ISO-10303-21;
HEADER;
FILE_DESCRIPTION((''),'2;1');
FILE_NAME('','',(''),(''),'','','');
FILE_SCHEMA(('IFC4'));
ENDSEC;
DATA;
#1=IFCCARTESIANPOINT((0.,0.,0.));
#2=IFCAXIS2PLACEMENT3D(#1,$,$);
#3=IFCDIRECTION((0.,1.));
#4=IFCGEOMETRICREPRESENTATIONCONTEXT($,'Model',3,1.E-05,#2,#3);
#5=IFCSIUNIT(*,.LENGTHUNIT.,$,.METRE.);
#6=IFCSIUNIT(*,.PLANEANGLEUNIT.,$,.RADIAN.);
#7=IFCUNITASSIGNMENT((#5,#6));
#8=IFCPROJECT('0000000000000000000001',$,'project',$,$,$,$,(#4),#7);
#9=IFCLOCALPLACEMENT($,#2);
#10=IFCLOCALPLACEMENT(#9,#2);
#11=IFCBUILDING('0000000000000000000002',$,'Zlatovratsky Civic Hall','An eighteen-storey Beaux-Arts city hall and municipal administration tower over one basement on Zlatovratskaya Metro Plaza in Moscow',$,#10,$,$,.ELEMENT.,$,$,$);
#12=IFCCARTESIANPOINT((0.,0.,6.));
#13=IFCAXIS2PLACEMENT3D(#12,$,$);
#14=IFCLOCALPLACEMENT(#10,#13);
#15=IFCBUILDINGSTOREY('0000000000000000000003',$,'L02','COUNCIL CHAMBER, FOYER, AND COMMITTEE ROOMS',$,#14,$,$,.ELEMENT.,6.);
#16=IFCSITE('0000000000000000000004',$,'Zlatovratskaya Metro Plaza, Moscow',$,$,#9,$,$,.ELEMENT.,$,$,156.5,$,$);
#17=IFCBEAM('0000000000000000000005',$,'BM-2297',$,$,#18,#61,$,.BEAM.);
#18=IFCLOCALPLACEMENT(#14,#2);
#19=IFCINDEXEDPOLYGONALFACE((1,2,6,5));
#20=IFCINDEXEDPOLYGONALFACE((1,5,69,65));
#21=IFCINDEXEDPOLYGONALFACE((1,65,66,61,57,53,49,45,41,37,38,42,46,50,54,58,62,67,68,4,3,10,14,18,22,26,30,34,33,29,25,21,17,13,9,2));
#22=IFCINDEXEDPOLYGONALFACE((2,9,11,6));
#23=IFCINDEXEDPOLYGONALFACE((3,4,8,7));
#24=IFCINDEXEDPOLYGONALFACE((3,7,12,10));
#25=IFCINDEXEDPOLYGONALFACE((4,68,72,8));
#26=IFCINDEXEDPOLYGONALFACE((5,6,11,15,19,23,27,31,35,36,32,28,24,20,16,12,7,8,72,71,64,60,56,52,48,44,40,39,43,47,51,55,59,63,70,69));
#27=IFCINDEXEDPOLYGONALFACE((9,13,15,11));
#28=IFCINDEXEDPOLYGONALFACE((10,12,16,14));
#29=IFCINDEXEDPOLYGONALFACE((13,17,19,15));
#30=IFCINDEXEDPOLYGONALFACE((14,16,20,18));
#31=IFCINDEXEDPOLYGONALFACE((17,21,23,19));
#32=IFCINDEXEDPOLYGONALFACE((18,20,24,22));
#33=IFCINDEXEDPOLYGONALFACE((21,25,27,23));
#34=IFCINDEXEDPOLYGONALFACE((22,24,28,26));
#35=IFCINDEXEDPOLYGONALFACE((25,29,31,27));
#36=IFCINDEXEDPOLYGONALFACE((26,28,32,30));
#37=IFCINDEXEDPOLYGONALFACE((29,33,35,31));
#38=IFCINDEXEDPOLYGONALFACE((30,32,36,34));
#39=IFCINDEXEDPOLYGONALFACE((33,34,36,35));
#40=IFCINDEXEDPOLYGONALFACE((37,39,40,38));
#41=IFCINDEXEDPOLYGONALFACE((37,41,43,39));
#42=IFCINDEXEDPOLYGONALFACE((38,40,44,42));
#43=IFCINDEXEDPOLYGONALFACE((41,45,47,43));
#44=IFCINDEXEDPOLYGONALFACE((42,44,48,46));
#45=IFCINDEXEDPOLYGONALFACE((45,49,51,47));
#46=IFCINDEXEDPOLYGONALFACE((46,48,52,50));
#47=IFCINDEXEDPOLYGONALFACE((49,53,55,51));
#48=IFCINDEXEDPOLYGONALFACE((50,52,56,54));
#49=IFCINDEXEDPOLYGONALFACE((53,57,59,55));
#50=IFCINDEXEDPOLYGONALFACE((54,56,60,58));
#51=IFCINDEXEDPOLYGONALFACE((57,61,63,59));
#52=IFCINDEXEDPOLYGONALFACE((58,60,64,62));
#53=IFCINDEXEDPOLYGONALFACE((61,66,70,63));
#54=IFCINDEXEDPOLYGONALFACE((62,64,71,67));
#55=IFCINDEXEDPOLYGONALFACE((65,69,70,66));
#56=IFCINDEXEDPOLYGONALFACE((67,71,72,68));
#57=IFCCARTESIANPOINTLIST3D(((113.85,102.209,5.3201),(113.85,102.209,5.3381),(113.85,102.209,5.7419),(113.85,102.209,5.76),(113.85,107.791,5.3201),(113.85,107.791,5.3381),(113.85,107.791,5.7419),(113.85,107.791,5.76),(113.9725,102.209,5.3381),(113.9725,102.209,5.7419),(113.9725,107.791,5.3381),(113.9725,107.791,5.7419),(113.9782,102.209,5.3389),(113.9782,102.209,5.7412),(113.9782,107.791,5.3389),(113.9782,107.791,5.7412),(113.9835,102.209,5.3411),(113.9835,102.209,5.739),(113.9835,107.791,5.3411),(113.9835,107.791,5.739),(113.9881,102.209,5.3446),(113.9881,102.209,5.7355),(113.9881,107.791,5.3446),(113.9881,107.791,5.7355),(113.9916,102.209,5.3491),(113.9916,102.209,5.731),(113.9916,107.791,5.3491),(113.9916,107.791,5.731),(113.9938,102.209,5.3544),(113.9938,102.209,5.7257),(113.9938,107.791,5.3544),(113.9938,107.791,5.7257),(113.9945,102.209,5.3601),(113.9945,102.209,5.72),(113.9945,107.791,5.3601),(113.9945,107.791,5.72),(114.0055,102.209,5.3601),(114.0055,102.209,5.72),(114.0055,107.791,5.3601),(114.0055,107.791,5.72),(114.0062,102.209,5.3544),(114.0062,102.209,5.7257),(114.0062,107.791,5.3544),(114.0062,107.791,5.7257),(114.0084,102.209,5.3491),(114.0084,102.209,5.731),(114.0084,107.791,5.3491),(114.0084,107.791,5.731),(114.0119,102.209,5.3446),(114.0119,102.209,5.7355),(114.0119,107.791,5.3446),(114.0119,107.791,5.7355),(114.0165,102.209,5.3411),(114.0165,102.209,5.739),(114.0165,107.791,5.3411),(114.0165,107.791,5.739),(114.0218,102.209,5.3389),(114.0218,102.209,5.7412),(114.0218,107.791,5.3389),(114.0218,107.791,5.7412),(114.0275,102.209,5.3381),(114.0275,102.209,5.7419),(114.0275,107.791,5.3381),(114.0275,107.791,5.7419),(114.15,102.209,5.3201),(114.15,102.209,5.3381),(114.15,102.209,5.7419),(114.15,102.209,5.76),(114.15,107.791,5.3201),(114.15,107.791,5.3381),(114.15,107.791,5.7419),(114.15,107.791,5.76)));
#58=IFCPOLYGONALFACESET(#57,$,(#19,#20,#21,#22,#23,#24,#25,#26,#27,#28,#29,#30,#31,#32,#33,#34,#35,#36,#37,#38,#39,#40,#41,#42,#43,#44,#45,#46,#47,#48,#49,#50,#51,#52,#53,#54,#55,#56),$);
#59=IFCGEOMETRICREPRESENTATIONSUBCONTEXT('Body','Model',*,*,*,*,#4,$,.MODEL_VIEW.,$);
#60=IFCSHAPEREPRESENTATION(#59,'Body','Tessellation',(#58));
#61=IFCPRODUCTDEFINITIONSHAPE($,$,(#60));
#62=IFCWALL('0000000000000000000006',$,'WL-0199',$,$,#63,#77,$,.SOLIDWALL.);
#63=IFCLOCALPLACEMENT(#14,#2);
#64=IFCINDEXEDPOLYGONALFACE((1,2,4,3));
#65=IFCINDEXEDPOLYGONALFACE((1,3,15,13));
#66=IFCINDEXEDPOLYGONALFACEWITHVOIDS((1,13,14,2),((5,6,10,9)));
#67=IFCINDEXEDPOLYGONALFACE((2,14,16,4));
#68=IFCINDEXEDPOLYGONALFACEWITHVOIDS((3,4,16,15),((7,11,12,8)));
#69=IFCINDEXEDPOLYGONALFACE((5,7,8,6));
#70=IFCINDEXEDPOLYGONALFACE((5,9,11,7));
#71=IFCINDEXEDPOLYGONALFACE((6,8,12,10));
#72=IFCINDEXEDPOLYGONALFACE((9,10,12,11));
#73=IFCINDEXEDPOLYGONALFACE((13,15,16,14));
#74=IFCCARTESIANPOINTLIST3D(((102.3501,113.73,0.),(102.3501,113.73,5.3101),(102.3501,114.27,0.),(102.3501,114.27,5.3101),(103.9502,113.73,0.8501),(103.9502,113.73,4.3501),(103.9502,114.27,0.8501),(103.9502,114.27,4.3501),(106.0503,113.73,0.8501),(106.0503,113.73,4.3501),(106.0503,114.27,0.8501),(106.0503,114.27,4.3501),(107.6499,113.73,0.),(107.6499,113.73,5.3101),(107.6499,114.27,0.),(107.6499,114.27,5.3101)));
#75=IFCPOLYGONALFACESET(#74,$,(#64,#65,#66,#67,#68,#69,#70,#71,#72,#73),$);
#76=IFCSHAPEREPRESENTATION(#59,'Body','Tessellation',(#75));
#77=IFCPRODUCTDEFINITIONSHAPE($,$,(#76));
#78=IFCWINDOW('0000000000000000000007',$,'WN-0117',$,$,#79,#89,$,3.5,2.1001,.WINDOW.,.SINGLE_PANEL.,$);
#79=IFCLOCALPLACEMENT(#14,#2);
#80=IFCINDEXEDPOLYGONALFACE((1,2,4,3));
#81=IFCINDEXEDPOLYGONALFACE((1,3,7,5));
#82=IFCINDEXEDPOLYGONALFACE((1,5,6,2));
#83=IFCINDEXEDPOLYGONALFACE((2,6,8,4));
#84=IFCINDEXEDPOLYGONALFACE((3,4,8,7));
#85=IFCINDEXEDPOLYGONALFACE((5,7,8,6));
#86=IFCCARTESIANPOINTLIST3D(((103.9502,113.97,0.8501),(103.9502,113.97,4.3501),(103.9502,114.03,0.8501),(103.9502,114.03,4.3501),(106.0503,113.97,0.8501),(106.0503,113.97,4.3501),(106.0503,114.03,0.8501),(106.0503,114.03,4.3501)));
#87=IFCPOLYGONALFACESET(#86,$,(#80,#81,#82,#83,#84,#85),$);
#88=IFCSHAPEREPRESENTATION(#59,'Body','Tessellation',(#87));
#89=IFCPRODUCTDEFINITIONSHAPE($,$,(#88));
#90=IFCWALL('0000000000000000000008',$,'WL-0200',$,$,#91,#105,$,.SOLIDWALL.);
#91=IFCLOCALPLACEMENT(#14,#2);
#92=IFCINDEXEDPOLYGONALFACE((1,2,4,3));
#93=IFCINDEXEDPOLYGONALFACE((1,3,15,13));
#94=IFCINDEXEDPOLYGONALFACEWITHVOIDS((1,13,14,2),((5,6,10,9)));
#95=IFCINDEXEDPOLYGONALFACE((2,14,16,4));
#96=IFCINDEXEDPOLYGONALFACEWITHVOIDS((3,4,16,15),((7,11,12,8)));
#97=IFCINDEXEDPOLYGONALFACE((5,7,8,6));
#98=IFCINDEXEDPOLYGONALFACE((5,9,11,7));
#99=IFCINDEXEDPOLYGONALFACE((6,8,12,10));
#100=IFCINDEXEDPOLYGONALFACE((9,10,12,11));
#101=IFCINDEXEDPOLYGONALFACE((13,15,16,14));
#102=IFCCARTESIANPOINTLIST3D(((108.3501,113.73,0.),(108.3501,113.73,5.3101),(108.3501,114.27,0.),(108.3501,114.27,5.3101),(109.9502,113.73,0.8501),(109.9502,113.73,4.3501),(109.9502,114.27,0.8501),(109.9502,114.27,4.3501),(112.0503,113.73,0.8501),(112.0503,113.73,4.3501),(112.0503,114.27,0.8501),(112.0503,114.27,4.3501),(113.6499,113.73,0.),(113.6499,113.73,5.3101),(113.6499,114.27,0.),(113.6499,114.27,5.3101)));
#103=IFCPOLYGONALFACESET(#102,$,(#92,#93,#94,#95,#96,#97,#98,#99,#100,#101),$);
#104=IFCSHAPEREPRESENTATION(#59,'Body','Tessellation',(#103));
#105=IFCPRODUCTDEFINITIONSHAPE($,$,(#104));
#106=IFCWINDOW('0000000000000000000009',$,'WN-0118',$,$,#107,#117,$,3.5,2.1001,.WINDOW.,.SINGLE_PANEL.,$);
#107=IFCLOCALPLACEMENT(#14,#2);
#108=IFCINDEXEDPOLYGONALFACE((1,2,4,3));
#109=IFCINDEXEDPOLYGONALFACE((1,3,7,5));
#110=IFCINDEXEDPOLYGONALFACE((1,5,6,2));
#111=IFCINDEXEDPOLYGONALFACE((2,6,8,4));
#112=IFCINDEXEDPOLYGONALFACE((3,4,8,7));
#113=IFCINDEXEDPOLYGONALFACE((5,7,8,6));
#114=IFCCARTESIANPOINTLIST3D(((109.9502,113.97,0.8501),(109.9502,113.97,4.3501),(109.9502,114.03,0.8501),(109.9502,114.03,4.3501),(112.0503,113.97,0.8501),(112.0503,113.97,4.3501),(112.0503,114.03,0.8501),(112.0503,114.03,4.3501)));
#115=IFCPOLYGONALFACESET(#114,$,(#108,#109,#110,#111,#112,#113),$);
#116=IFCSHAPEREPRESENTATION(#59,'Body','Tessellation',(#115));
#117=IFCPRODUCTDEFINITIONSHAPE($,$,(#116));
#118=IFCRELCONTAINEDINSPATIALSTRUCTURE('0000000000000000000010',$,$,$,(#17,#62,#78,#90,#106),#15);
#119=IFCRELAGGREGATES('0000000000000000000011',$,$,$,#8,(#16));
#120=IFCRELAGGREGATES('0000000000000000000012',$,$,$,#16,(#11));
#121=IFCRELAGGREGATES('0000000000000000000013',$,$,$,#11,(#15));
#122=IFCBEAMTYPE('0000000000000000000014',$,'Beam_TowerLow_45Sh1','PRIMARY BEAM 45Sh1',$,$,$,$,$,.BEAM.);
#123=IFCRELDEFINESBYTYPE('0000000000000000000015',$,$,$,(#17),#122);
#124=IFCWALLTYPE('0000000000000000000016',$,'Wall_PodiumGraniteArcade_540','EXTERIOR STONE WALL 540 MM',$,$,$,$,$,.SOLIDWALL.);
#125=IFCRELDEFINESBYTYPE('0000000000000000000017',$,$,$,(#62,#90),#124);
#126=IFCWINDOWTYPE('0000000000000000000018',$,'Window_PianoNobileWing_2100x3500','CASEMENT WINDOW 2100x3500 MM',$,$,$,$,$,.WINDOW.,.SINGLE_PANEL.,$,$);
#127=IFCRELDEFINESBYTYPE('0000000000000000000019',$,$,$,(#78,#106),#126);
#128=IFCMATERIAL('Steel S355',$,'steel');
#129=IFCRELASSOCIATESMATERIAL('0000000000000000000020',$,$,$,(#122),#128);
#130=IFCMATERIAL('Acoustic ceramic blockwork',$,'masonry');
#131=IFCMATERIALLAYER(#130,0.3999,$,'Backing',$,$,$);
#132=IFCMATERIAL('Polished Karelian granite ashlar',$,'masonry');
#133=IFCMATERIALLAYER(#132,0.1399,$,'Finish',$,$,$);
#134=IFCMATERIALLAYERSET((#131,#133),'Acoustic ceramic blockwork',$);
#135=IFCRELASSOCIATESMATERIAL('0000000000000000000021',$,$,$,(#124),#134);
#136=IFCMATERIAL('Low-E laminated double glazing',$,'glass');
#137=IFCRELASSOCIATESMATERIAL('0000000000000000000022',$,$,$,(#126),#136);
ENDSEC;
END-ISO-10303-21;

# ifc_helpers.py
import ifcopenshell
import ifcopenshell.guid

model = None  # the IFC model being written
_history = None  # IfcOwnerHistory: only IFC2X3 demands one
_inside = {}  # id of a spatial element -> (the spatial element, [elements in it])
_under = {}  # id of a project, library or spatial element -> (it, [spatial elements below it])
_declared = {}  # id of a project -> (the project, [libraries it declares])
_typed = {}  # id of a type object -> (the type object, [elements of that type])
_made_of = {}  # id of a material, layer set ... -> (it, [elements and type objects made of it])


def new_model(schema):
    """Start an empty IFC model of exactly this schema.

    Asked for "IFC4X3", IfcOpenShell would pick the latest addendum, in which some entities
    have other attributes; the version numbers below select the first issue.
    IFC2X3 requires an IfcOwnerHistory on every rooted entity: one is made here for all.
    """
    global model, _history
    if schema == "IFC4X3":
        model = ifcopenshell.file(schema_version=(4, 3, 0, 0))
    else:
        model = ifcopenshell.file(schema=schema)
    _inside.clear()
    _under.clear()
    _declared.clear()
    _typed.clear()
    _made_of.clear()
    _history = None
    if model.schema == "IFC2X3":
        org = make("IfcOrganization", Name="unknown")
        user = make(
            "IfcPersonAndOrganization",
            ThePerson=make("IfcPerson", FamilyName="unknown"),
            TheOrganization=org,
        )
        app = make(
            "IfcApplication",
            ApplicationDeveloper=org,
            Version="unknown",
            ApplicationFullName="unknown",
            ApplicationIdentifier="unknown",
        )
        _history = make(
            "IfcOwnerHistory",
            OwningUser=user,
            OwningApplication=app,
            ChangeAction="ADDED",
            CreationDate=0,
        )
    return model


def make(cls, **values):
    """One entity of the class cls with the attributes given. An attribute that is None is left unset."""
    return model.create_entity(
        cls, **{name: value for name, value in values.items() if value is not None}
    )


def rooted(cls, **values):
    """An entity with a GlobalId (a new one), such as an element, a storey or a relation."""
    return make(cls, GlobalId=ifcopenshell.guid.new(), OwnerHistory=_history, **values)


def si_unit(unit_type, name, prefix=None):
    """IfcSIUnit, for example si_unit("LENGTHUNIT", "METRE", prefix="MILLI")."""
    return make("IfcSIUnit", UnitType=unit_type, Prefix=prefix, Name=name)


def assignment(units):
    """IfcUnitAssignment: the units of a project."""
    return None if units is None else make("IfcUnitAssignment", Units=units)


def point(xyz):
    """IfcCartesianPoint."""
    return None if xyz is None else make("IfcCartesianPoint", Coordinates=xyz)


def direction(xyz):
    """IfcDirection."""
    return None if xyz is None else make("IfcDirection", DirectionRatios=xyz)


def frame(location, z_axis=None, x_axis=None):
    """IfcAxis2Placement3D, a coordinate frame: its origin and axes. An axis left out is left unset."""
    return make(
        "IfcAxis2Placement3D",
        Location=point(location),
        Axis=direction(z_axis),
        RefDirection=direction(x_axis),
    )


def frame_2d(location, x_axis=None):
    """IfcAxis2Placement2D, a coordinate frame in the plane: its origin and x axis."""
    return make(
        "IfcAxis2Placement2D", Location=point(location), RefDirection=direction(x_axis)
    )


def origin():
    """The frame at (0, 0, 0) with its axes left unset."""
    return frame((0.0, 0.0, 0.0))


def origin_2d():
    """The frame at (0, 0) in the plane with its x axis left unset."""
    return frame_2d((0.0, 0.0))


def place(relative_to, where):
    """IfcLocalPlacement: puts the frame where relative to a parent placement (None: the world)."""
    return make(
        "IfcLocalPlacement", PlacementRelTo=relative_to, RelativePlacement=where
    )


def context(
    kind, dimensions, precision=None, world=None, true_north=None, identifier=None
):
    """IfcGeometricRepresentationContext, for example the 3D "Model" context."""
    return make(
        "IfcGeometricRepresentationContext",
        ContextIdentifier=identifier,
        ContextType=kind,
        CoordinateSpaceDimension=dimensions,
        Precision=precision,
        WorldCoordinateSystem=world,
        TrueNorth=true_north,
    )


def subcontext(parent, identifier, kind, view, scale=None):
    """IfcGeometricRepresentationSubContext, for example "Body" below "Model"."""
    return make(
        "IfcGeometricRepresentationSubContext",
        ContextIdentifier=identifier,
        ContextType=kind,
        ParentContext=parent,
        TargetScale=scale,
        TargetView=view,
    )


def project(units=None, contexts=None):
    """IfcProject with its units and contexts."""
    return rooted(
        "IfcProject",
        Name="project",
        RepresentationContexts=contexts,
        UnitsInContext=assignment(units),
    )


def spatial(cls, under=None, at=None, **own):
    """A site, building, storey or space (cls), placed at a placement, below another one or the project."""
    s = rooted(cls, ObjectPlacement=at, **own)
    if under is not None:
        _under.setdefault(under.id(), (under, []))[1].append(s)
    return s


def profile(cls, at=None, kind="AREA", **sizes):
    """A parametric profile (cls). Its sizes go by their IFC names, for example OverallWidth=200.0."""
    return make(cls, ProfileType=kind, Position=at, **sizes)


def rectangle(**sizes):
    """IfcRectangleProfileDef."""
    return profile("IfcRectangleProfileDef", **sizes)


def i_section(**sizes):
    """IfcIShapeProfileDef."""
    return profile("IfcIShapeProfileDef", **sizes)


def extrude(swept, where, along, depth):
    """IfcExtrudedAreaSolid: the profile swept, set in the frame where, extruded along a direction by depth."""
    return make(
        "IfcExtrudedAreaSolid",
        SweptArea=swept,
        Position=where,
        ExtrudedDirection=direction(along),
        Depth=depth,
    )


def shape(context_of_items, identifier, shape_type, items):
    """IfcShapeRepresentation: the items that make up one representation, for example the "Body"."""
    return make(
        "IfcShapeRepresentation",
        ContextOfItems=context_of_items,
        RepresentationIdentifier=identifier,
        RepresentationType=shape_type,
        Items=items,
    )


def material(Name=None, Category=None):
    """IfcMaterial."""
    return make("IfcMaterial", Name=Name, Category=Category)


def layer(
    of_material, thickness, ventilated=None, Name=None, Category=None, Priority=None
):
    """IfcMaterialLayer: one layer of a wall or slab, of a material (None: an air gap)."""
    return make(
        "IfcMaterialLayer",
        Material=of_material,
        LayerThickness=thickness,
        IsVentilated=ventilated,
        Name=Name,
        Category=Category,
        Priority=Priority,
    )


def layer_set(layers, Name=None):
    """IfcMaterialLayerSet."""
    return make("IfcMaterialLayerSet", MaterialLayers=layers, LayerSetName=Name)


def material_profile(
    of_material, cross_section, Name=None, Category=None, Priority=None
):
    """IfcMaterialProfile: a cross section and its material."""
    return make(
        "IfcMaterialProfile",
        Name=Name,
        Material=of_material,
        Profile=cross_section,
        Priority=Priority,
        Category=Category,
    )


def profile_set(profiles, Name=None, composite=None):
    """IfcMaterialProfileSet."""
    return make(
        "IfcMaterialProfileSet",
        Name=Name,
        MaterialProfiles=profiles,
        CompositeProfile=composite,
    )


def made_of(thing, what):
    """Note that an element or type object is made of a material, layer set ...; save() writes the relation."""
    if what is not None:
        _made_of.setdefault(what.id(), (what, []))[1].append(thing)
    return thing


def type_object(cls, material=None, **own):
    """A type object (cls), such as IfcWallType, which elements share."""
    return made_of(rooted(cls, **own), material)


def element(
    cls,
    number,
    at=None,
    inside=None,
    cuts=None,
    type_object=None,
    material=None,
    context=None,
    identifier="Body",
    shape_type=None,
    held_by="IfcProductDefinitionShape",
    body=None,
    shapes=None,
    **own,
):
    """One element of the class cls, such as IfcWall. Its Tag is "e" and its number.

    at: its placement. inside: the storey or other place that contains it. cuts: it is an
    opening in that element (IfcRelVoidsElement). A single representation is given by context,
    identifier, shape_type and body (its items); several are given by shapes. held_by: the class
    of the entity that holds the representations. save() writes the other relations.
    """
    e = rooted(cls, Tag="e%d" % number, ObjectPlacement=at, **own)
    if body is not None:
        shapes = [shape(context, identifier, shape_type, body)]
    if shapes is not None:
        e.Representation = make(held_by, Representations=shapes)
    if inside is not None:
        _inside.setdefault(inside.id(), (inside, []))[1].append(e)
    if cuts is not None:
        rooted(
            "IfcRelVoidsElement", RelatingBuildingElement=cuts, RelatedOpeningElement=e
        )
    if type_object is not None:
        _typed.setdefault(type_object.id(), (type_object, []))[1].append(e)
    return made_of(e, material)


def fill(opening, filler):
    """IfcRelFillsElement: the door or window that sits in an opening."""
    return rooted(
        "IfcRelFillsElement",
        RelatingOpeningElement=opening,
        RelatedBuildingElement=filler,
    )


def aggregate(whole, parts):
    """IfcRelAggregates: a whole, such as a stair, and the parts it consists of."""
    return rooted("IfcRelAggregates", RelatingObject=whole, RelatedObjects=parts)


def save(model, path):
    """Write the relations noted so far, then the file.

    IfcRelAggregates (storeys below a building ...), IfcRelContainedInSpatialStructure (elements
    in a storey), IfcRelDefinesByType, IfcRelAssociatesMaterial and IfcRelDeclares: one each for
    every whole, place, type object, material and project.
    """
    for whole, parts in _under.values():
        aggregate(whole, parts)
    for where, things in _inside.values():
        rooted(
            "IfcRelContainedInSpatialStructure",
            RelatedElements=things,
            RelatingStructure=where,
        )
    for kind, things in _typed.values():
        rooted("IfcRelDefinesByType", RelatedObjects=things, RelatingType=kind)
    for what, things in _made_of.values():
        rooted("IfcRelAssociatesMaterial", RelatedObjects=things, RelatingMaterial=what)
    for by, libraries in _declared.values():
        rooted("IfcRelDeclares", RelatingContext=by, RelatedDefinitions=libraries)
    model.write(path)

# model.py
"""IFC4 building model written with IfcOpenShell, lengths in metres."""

from ifc_helpers import new_model, si_unit, direction, frame, frame_2d, origin, origin_2d, place, context, subcontext, project, spatial, rectangle, i_section, extrude, material, layer, layer_set, material_profile, profile_set, type_object, element, fill, save


model = new_model("IFC4")

# Units and contexts
model_context = context("Model", 3, precision=1e-05, world=origin(), true_north=direction((0.0, 1.0)))
body_context = subcontext(model_context, "Body", "Model", "MODEL_VIEW")
ifc_project = project(units=[si_unit("LENGTHUNIT", "METRE"), si_unit("PLANEANGLEUNIT", "RADIAN")], contexts=[model_context])

# Site, building, storey
site_placement = place(None, origin())
site = spatial("IfcSite", under=ifc_project, at=site_placement, Name="Zlatovratskaya Metro Plaza, Moscow", CompositionType="ELEMENT", RefElevation=156.5)
building_placement = place(site_placement, origin())
building = spatial("IfcBuilding", under=site, at=building_placement, Name="Zlatovratsky Civic Hall", Description="An eighteen-storey Beaux-Arts city hall and municipal administration tower over one basement on Zlatovratskaya Metro Plaza in Moscow", CompositionType="ELEMENT")
storey_placement = place(building_placement, frame((0.0, 0.0, 6.0)))
storey = spatial("IfcBuildingStorey", under=building, at=storey_placement, Name="L02", Description="COUNCIL CHAMBER, FOYER, AND COMMITTEE ROOMS", CompositionType="ELEMENT", Elevation=6.0)

# Shared definitions
ifc_material_1 = material(Name="Steel S355", Category="steel")

# Beam
ifc_material_profile_1 = material_profile(ifc_material_1, i_section(OverallWidth=0.3, OverallDepth=0.4399, WebThickness=0.011, FlangeThickness=0.0181, FilletRadius=0.022, at=origin_2d()), Name="45Sh1")
ifc_profile_set_1 = profile_set([ifc_material_profile_1], Name="Steel S355")
beam_type_1 = type_object("IfcBeamType", Name="Beam_TowerLow_45Sh1", Description="PRIMARY BEAM 45Sh1", PredefinedType="BEAM", material=ifc_profile_set_1)
beam_1_placement = place(storey_placement, frame((114.0, 102.209, 5.54), z_axis=(0.0, 1.0, 0.0), x_axis=(-1.0, 0.0, 0.0)))
element("IfcBeam", 1, at=beam_1_placement, inside=storey, type_object=beam_type_1, Name="BM-2297", PredefinedType="BEAM", context=body_context, shape_type="SweptSolid", body=[
    extrude(i_section(OverallWidth=0.3, OverallDepth=0.4399, WebThickness=0.011, FlangeThickness=0.0181, FilletRadius=0.022, at=origin_2d()), origin(), (0.0, 0.0, 1.0), 5.582),
])

# Walls, openings, windows
ifc_material_2 = material(Name="Acoustic ceramic blockwork", Category="masonry")
ifc_layer_1 = layer(ifc_material_2, 0.3999, Name="Backing")
ifc_material_3 = material(Name="Polished Karelian granite ashlar", Category="masonry")
ifc_layer_2 = layer(ifc_material_3, 0.1399, Name="Finish")
ifc_layer_set = layer_set([ifc_layer_1, ifc_layer_2], Name="Acoustic ceramic blockwork")
wall_type = type_object("IfcWallType", Name="Wall_PodiumGraniteArcade_540", Description="EXTERIOR STONE WALL 540 MM", PredefinedType="SOLIDWALL", material=ifc_layer_set)
wall_1_placement = place(storey_placement, frame((102.3501, 114.0, 0.0), z_axis=(0.0, 0.0, 1.0), x_axis=(1.0, 0.0, 0.0)))
wall_1 = element("IfcWall", 2, at=wall_1_placement, inside=storey, type_object=wall_type, Name="WL-0199", PredefinedType="SOLIDWALL", context=body_context, shape_type="SweptSolid", body=[
    extrude(rectangle(XDim=5.2998, YDim=0.54, at=frame_2d((2.6499, 0.0))), origin(), (0.0, 0.0, 1.0), 5.3101),
])
opening_1_placement = place(wall_1_placement, frame((1.6001, 0.0, 0.8501)))
opening_1 = element("IfcOpeningElement", 3, at=opening_1_placement, cuts=wall_1, PredefinedType="OPENING", context=body_context, shape_type="SweptSolid", body=[
    extrude(rectangle(XDim=2.1001, YDim=3.5, at=frame_2d((1.05, 1.75))), frame((0.0, 0.2849, 0.0), z_axis=(0.0, -1.0, 0.0), x_axis=(1.0, 0.0, 0.0)), (0.0, 0.0, 1.0), 0.5698),
])
ifc_material_4 = material(Name="Low-E laminated double glazing", Category="glass")
window_type = type_object("IfcWindowType", Name="Window_PianoNobileWing_2100x3500", Description="CASEMENT WINDOW 2100x3500 MM", PartitioningType="SINGLE_PANEL", PredefinedType="WINDOW", material=ifc_material_4)
window_1_placement = place(opening_1_placement, origin())
window_1 = element("IfcWindow", 4, at=window_1_placement, inside=storey, type_object=window_type, Name="WN-0117", OverallHeight=3.5, OverallWidth=2.1001, PartitioningType="SINGLE_PANEL", PredefinedType="WINDOW", context=body_context, shape_type="SweptSolid", body=[
    extrude(rectangle(XDim=2.1001, YDim=3.5, at=frame_2d((1.05, 1.75))), frame((0.0, 0.03, 0.0), z_axis=(0.0, -1.0, 0.0), x_axis=(1.0, 0.0, 0.0)), (0.0, 0.0, 1.0), 0.0601),
])
fill(opening_1, window_1)
wall_2_placement = place(storey_placement, frame((108.3501, 114.0, 0.0), z_axis=(0.0, 0.0, 1.0), x_axis=(1.0, 0.0, 0.0)))
wall_2 = element("IfcWall", 5, at=wall_2_placement, inside=storey, type_object=wall_type, Name="WL-0200", PredefinedType="SOLIDWALL", context=body_context, shape_type="SweptSolid", body=[
    extrude(rectangle(XDim=5.2998, YDim=0.54, at=frame_2d((2.6499, 0.0))), origin(), (0.0, 0.0, 1.0), 5.3101),
])
opening_2_placement = place(wall_2_placement, frame((1.6001, 0.0, 0.8501)))
opening_2 = element("IfcOpeningElement", 6, at=opening_2_placement, cuts=wall_2, PredefinedType="OPENING", context=body_context, shape_type="SweptSolid", body=[
    extrude(rectangle(XDim=2.1001, YDim=3.5, at=frame_2d((1.05, 1.75))), frame((0.0, 0.2849, 0.0), z_axis=(0.0, -1.0, 0.0), x_axis=(1.0, 0.0, 0.0)), (0.0, 0.0, 1.0), 0.5698),
])
window_2_placement = place(opening_2_placement, origin())
window_2 = element("IfcWindow", 7, at=window_2_placement, inside=storey, type_object=window_type, Name="WN-0118", OverallHeight=3.5, OverallWidth=2.1001, PartitioningType="SINGLE_PANEL", PredefinedType="WINDOW", context=body_context, shape_type="SweptSolid", body=[
    extrude(rectangle(XDim=2.1001, YDim=3.5, at=frame_2d((1.05, 1.75))), frame((0.0, 0.03, 0.0), z_axis=(0.0, -1.0, 0.0), x_axis=(1.0, 0.0, 0.0)), (0.0, 0.0, 1.0), 0.0601),
])
fill(opening_2, window_2)

save(model, "model.ifc")
